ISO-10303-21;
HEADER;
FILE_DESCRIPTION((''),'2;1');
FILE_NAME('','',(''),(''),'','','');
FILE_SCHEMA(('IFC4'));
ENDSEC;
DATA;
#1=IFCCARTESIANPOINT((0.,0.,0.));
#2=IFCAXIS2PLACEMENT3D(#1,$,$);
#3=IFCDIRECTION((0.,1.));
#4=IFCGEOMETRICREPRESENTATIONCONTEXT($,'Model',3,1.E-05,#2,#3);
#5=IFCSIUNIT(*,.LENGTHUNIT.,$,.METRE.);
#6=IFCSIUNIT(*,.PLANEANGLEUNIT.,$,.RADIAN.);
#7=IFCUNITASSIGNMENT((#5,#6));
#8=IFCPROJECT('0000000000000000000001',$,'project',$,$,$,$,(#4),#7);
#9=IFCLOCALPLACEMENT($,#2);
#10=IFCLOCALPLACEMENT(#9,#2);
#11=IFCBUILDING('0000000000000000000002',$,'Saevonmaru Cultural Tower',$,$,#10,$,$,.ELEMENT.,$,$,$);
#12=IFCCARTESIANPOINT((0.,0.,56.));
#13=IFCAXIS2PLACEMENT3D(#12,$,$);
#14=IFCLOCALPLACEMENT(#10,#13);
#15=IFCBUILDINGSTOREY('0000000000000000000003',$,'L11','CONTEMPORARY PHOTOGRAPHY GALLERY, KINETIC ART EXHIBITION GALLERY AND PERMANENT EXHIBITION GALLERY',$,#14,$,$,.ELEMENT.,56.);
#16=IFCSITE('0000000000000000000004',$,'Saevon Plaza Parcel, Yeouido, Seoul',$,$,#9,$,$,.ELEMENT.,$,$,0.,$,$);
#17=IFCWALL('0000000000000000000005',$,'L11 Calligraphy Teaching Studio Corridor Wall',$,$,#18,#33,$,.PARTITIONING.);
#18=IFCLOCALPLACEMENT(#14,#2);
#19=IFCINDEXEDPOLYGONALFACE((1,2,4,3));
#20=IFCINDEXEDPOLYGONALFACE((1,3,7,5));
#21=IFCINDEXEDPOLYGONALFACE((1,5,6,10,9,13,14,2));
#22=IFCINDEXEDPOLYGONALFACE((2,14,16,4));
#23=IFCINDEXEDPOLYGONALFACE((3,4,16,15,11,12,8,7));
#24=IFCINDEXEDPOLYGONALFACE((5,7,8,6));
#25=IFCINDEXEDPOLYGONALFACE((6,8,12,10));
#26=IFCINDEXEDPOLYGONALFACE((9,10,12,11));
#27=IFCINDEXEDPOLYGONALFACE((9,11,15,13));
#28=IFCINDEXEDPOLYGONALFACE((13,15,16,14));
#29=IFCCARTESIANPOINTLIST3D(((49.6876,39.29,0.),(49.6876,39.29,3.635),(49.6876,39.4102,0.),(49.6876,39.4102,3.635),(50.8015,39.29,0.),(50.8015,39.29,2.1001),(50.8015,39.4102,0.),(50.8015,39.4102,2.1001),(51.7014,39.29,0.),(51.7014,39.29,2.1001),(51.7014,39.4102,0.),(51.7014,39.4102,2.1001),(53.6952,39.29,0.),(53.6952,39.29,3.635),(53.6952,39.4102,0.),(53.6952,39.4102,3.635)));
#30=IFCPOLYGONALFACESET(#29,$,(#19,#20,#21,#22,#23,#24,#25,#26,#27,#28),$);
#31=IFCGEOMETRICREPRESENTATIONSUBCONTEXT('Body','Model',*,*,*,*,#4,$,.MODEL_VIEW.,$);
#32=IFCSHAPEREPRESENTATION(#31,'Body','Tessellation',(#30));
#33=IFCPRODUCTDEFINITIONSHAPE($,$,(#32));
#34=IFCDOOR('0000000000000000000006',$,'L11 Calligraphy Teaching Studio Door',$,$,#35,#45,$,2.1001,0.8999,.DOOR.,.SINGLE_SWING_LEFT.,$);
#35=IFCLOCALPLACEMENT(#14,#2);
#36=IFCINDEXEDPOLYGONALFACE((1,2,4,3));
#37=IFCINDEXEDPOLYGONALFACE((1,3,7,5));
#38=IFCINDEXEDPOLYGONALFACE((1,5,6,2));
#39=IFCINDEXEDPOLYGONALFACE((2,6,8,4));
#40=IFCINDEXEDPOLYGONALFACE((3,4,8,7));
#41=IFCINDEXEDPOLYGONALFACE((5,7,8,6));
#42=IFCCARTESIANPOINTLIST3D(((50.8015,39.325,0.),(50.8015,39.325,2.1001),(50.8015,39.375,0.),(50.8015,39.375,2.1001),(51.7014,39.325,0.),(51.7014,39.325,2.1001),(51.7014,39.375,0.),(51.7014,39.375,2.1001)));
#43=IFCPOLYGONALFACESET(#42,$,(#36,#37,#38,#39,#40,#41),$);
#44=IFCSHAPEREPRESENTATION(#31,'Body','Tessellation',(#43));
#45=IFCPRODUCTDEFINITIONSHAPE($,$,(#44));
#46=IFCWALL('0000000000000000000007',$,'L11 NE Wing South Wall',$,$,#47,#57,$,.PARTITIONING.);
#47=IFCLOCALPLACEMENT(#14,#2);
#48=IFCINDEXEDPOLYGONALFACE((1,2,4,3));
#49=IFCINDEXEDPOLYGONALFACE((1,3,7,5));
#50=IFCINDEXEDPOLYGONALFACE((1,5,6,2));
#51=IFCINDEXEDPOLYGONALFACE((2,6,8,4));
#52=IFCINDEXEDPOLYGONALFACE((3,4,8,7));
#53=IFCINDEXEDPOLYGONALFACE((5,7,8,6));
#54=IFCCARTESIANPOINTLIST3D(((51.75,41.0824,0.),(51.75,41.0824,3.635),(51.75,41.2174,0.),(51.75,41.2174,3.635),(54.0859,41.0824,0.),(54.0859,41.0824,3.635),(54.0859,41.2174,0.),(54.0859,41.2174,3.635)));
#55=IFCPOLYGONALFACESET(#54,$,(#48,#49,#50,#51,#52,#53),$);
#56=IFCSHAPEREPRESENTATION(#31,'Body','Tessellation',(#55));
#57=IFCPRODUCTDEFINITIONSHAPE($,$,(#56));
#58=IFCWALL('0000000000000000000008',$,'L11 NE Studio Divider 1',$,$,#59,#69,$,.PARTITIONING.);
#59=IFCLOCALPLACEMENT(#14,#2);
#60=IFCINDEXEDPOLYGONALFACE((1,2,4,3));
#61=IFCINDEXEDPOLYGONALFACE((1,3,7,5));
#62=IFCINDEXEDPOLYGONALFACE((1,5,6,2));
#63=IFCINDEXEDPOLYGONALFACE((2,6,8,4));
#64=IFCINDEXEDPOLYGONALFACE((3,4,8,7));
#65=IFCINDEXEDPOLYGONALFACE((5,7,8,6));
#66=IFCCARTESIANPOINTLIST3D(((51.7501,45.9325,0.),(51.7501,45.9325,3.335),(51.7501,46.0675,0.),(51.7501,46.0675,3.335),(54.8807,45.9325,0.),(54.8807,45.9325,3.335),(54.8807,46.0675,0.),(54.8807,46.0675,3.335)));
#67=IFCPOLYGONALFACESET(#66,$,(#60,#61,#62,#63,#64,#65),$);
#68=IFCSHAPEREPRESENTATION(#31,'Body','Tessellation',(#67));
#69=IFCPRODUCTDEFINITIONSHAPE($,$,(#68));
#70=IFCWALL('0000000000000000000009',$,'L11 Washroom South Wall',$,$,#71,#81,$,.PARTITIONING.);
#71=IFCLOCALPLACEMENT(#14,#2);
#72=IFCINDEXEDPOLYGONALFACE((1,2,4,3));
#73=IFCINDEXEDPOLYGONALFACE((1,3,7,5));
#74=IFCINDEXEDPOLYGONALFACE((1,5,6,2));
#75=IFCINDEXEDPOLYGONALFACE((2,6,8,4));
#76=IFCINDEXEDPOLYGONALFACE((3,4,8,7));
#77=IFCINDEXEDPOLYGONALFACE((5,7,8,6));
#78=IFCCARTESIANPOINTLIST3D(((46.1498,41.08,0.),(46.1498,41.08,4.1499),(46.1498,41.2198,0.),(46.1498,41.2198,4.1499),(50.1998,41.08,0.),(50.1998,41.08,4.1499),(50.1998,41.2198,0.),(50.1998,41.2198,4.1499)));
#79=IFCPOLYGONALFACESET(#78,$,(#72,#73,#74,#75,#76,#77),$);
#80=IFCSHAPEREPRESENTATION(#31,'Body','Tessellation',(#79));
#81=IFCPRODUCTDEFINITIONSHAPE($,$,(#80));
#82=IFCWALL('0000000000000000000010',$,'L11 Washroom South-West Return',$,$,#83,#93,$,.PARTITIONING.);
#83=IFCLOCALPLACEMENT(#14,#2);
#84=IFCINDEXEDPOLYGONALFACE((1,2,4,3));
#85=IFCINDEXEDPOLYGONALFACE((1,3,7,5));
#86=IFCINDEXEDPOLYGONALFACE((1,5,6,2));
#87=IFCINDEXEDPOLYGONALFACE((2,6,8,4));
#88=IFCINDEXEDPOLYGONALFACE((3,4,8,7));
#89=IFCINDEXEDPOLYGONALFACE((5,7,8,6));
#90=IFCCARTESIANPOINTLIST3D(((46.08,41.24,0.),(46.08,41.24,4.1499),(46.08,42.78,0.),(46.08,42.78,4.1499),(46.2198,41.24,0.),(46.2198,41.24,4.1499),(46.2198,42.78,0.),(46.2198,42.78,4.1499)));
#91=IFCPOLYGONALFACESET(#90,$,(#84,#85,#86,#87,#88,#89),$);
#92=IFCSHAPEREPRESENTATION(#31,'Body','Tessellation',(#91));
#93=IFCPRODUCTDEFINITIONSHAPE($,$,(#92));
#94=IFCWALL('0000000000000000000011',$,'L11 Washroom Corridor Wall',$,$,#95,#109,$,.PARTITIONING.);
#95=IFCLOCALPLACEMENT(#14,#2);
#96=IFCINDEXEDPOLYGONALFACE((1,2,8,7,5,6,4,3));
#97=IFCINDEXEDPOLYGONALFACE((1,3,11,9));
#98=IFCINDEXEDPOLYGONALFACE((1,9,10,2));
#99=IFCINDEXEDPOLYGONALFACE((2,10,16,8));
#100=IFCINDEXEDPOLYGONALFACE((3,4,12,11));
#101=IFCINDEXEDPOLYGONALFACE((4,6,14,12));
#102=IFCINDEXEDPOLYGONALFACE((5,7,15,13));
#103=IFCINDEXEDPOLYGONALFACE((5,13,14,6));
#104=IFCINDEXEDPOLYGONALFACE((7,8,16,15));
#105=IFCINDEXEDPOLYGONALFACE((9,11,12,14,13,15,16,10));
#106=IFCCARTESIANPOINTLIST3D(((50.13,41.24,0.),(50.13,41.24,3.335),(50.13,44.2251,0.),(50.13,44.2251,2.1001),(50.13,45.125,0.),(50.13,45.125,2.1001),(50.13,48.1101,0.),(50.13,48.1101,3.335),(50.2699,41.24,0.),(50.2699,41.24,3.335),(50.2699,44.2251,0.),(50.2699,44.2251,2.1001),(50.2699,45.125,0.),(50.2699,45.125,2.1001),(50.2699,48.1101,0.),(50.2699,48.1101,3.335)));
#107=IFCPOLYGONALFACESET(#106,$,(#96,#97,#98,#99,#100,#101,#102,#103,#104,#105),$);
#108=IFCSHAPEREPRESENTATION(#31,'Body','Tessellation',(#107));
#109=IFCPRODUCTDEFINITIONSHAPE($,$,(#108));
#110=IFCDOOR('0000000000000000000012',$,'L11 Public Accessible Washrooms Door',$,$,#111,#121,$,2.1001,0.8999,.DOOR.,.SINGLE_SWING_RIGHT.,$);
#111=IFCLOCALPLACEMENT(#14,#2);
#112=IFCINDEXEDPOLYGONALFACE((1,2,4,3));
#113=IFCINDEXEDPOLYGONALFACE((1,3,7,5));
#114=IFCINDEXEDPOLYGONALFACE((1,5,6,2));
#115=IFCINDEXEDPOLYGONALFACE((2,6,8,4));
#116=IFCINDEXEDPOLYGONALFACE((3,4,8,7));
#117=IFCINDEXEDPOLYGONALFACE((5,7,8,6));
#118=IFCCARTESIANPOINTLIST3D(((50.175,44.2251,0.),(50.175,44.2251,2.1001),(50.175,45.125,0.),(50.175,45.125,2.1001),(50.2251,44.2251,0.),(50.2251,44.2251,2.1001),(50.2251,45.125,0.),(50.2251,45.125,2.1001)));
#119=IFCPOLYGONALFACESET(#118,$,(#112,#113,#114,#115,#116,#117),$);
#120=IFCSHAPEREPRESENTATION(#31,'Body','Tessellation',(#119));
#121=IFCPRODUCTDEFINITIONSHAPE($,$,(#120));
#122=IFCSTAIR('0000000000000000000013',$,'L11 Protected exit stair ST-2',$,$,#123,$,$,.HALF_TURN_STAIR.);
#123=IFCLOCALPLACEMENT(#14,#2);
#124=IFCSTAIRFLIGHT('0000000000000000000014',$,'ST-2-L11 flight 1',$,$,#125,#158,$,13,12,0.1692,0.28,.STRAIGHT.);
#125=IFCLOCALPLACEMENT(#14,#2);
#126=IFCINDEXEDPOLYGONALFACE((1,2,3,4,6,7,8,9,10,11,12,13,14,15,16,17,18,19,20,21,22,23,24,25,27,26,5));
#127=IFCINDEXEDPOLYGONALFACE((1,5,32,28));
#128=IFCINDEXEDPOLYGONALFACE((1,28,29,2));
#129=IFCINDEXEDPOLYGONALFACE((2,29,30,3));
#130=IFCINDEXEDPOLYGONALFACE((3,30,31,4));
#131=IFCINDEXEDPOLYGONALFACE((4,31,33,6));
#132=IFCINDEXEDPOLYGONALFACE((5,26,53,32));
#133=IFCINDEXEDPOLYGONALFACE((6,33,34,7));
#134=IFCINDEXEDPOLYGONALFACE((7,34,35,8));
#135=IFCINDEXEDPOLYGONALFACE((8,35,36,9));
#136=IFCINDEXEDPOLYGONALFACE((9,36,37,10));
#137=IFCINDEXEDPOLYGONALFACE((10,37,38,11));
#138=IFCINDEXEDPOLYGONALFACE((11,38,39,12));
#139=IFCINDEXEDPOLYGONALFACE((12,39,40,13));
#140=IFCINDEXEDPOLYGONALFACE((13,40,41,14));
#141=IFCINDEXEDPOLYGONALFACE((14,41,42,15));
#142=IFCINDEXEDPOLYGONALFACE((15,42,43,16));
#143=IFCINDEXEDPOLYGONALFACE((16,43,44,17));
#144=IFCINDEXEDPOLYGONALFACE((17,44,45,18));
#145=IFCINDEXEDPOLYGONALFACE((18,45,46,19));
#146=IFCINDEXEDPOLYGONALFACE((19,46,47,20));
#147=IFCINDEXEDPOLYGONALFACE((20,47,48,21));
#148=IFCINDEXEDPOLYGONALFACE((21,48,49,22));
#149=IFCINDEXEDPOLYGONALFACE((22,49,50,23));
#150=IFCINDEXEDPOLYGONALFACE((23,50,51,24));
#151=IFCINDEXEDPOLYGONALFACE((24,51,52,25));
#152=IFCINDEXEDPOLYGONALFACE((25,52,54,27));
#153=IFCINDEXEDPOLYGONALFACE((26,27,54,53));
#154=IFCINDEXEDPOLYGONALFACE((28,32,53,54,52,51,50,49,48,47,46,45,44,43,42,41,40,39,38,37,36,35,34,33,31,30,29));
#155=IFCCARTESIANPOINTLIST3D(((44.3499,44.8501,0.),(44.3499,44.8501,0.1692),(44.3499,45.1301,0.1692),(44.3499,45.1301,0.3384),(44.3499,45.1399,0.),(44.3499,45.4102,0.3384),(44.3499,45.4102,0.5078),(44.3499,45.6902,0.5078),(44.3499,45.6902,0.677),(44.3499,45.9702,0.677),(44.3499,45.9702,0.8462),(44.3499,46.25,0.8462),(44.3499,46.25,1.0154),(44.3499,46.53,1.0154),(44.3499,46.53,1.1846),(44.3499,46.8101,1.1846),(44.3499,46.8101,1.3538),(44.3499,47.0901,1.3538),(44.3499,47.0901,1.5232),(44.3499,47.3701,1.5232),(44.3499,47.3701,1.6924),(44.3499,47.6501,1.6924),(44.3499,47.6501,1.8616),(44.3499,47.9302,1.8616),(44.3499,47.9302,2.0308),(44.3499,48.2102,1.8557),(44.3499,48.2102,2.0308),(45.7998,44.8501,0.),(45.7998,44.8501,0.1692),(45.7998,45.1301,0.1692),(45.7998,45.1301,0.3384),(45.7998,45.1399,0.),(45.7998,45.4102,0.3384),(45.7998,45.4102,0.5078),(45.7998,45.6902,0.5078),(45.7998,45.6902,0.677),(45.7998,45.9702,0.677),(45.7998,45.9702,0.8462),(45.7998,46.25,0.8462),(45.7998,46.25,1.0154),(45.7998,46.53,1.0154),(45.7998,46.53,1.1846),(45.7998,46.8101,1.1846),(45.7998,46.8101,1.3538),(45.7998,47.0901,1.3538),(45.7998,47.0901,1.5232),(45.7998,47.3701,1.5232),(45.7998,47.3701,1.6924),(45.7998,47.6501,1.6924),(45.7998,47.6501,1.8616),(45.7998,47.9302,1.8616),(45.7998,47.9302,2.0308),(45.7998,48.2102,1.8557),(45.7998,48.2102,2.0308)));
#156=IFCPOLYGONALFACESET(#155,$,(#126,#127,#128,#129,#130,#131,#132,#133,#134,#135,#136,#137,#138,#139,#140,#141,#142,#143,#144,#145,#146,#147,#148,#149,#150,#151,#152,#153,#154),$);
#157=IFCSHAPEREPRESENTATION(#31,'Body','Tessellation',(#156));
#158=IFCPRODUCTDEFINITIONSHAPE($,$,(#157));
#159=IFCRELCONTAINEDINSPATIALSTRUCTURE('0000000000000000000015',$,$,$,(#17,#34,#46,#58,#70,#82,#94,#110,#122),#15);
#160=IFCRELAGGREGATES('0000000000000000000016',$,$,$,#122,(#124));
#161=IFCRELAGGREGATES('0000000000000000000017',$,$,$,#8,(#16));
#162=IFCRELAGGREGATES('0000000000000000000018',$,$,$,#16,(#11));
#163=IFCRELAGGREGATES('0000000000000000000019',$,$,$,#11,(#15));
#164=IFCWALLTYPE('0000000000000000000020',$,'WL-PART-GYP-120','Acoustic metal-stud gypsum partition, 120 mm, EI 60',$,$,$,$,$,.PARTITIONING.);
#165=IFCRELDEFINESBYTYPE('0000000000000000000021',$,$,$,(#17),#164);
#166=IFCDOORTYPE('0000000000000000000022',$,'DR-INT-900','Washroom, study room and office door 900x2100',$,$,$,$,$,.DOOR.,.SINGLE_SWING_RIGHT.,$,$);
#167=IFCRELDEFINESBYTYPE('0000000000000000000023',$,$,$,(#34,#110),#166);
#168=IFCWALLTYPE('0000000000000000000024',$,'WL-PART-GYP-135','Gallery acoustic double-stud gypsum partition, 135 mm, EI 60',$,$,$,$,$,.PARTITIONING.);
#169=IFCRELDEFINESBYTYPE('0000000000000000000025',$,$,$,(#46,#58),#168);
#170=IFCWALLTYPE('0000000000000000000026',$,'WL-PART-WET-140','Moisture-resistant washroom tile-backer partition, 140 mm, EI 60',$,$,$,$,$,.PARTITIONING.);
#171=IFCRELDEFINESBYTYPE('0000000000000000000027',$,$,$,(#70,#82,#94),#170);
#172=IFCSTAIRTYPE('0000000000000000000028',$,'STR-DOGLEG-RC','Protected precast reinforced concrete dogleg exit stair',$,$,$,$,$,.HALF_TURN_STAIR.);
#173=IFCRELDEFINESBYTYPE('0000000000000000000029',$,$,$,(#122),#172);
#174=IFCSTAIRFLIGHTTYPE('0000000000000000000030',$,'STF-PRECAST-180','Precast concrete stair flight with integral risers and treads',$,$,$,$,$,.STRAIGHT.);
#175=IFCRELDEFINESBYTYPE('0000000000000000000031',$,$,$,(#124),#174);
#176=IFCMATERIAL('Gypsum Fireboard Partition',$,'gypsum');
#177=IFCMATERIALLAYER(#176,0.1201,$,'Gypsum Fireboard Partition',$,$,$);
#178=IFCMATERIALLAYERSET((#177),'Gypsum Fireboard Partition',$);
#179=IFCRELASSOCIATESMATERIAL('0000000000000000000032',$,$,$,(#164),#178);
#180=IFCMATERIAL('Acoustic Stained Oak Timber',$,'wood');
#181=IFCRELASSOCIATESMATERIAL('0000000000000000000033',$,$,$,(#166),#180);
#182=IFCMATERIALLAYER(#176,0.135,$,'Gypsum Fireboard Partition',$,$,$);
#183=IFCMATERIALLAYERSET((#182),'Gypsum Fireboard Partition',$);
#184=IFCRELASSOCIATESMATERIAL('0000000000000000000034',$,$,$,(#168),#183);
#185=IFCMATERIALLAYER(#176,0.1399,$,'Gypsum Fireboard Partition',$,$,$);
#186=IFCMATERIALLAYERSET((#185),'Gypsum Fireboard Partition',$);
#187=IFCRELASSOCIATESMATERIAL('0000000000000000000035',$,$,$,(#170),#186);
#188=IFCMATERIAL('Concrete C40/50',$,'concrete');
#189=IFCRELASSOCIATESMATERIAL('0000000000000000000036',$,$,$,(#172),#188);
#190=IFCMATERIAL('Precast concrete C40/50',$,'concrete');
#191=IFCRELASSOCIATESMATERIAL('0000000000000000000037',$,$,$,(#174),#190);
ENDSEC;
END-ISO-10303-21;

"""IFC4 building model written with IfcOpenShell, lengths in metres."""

from ifc_helpers import new_model, si_unit, direction, frame, frame_2d, origin, place, context, subcontext, project, spatial, polyline, rectangle, outline, extrude, material, layer, layer_set, type_object, element, fill, aggregate, save


model = new_model("IFC4")

# Units and contexts
model_context = context("Model", 3, precision=1e-05, world=origin(), true_north=direction((0.0, 1.0)))
body_context = subcontext(model_context, "Body", "Model", "MODEL_VIEW")
ifc_project = project(units=[si_unit("LENGTHUNIT", "METRE"), si_unit("PLANEANGLEUNIT", "RADIAN")], contexts=[model_context])

# Site, building, storey
site_placement = place(None, origin())
site = spatial("IfcSite", under=ifc_project, at=site_placement, Name="Saevon Plaza Parcel, Yeouido, Seoul", CompositionType="ELEMENT", RefElevation=0.0)
building_placement = place(site_placement, origin())
building = spatial("IfcBuilding", under=site, at=building_placement, Name="Saevonmaru Cultural Tower", CompositionType="ELEMENT")
storey_placement = place(building_placement, frame((0.0, 0.0, 56.0)))
storey = spatial("IfcBuildingStorey", under=building, at=storey_placement, Name="L11", Description="CONTEMPORARY PHOTOGRAPHY GALLERY, KINETIC ART EXHIBITION GALLERY AND PERMANENT EXHIBITION GALLERY", CompositionType="ELEMENT", Elevation=56.0)

# Wall, opening, door
ifc_material_1 = material(Name="Gypsum Fireboard Partition", Category="gypsum")
ifc_material_2 = material(Name="Acoustic Stained Oak Timber", Category="wood")
ifc_layer_1 = layer(ifc_material_1, 0.1201, Name="Gypsum Fireboard Partition")
ifc_layer_set_1 = layer_set([ifc_layer_1], Name="Gypsum Fireboard Partition")
wall_type_1 = type_object("IfcWallType", Name="WL-PART-GYP-120", Description="Acoustic metal-stud gypsum partition, 120 mm, EI 60", PredefinedType="PARTITIONING", material=ifc_layer_set_1)
door_type_1 = type_object("IfcDoorType", Name="DR-INT-900", Description="Washroom, study room and office door 900x2100", OperationType="SINGLE_SWING_RIGHT", PredefinedType="DOOR", material=ifc_material_2)
wall_1_placement = place(storey_placement, frame((49.6875, 39.3501, 0.0), z_axis=(0.0, 0.0, 1.0), x_axis=(1.0, 0.0, 0.0)))
wall_1 = element("IfcWall", 1, at=wall_1_placement, inside=storey, type_object=wall_type_1, Name="L11 Calligraphy Teaching Studio Corridor Wall", PredefinedType="PARTITIONING", context=body_context, shape_type="SweptSolid", body=[
    extrude(rectangle(XDim=4.0076, YDim=0.1201, at=frame_2d((2.0039, 0.0))), origin(), (0.0, 0.0, 1.0), 3.635),
])
opening_1_placement = place(wall_1_placement, frame((1.114, 0.0, 0.0)))
opening_1 = element("IfcOpeningElement", 2, at=opening_1_placement, cuts=wall_1, PredefinedType="OPENING", context=body_context, shape_type="SweptSolid", body=[
    extrude(rectangle(XDim=0.8999, YDim=2.1001, at=frame_2d((0.45, 1.05))), frame((0.0, 0.0701, 0.0), z_axis=(0.0, -1.0, 0.0), x_axis=(1.0, 0.0, 0.0)), (0.0, 0.0, 1.0), 0.1401),
])
door_1_placement = place(opening_1_placement, origin())
door_1 = element("IfcDoor", 3, at=door_1_placement, inside=storey, type_object=door_type_1, Name="L11 Calligraphy Teaching Studio Door", OperationType="SINGLE_SWING_LEFT", OverallHeight=2.1001, OverallWidth=0.8999, PredefinedType="DOOR", context=body_context, shape_type="SweptSolid", body=[
    extrude(rectangle(XDim=0.8999, YDim=2.1001, at=frame_2d((0.45, 1.05))), frame((0.0, 0.0249, 0.0), z_axis=(0.0, -1.0, 0.0), x_axis=(1.0, 0.0, 0.0)), (0.0, 0.0, 1.0), 0.05),
])
fill(opening_1, door_1)

# Walls
ifc_layer_2 = layer(ifc_material_1, 0.135, Name="Gypsum Fireboard Partition")
ifc_layer_set_2 = layer_set([ifc_layer_2], Name="Gypsum Fireboard Partition")
wall_type_2 = type_object("IfcWallType", Name="WL-PART-GYP-135", Description="Gallery acoustic double-stud gypsum partition, 135 mm, EI 60", PredefinedType="PARTITIONING", material=ifc_layer_set_2)
wall_2_placement = place(storey_placement, frame((51.75, 41.1499, 0.0), z_axis=(0.0, 0.0, 1.0), x_axis=(1.0, 0.0, 0.0)))
element("IfcWall", 4, at=wall_2_placement, inside=storey, type_object=wall_type_2, Name="L11 NE Wing South Wall", PredefinedType="PARTITIONING", context=body_context, shape_type="SweptSolid", body=[
    extrude(rectangle(XDim=2.3359, YDim=0.135, at=frame_2d((1.168, 0.0))), origin(), (0.0, 0.0, 1.0), 3.635),
])
wall_3_placement = place(storey_placement, frame((51.75, 46.0, 0.0), z_axis=(0.0, 0.0, 1.0), x_axis=(1.0, 0.0, 0.0)))
element("IfcWall", 5, at=wall_3_placement, inside=storey, type_object=wall_type_2, Name="L11 NE Studio Divider 1", PredefinedType="PARTITIONING", context=body_context, shape_type="SweptSolid", body=[
    extrude(rectangle(XDim=3.1306, YDim=0.135, at=frame_2d((1.5654, 0.0))), origin(), (0.0, 0.0, 1.0), 3.335),
])
ifc_layer_3 = layer(ifc_material_1, 0.1399, Name="Gypsum Fireboard Partition")
ifc_layer_set_3 = layer_set([ifc_layer_3], Name="Gypsum Fireboard Partition")
wall_type_3 = type_object("IfcWallType", Name="WL-PART-WET-140", Description="Moisture-resistant washroom tile-backer partition, 140 mm, EI 60", PredefinedType="PARTITIONING", material=ifc_layer_set_3)
wall_4_placement = place(storey_placement, frame((46.1499, 41.1499, 0.0), z_axis=(0.0, 0.0, 1.0), x_axis=(1.0, 0.0, 0.0)))
element("IfcWall", 6, at=wall_4_placement, inside=storey, type_object=wall_type_3, Name="L11 Washroom South Wall", PredefinedType="PARTITIONING", context=body_context, shape_type="SweptSolid", body=[
    extrude(rectangle(XDim=4.05, YDim=0.1399, at=frame_2d((2.0249, 0.0))), origin(), (0.0, 0.0, 1.0), 4.1499),
])
wall_5_placement = place(storey_placement, frame((46.1499, 41.24, 0.0), z_axis=(0.0, 0.0, 1.0), x_axis=(0.0, 1.0, 0.0)))
element("IfcWall", 7, at=wall_5_placement, inside=storey, type_object=wall_type_3, Name="L11 Washroom South-West Return", PredefinedType="PARTITIONING", context=body_context, shape_type="SweptSolid", body=[
    extrude(rectangle(XDim=1.54, YDim=0.1399, at=frame_2d((0.77, 0.0))), origin(), (0.0, 0.0, 1.0), 4.1499),
])

# Wall, opening, door
wall_6_placement = place(storey_placement, frame((50.2, 41.24, 0.0), z_axis=(0.0, 0.0, 1.0), x_axis=(0.0, 1.0, 0.0)))
wall_6 = element("IfcWall", 8, at=wall_6_placement, inside=storey, type_object=wall_type_3, Name="L11 Washroom Corridor Wall", PredefinedType="PARTITIONING", context=body_context, shape_type="SweptSolid", body=[
    extrude(rectangle(XDim=6.8701, YDim=0.1399, at=frame_2d((3.4351, 0.0))), origin(), (0.0, 0.0, 1.0), 3.335),
])
opening_2_placement = place(wall_6_placement, frame((2.9851, 0.0, 0.0)))
opening_2 = element("IfcOpeningElement", 9, at=opening_2_placement, cuts=wall_6, PredefinedType="OPENING", context=body_context, shape_type="SweptSolid", body=[
    extrude(rectangle(XDim=0.8999, YDim=2.1001, at=frame_2d((0.45, 1.05))), frame((0.0, 0.0801, 0.0), z_axis=(0.0, -1.0, 0.0), x_axis=(1.0, 0.0, 0.0)), (0.0, 0.0, 1.0), 0.1599),
])
door_2_placement = place(opening_2_placement, origin())
door_2 = element("IfcDoor", 10, at=door_2_placement, inside=storey, type_object=door_type_1, Name="L11 Public Accessible Washrooms Door", OperationType="SINGLE_SWING_RIGHT", OverallHeight=2.1001, OverallWidth=0.8999, PredefinedType="DOOR", context=body_context, shape_type="SweptSolid", body=[
    extrude(rectangle(XDim=0.8999, YDim=2.1001, at=frame_2d((0.45, 1.05))), frame((0.0, 0.0249, 0.0), z_axis=(0.0, -1.0, 0.0), x_axis=(1.0, 0.0, 0.0)), (0.0, 0.0, 1.0), 0.05),
])
fill(opening_2, door_2)

# Stair, stair flight
ifc_material_3 = material(Name="Concrete C40/50", Category="concrete")
stair_type = type_object("IfcStairType", Name="STR-DOGLEG-RC", Description="Protected precast reinforced concrete dogleg exit stair", PredefinedType="HALF_TURN_STAIR", material=ifc_material_3)
stair_placement = place(storey_placement, origin())
stair = element("IfcStair", 11, at=stair_placement, inside=storey, type_object=stair_type, Name="L11 Protected exit stair ST-2", PredefinedType="HALF_TURN_STAIR")
ifc_material_4 = material(Name="Precast concrete C40/50", Category="concrete")
stair_flight_type = type_object("IfcStairFlightType", Name="STF-PRECAST-180", Description="Precast concrete stair flight with integral risers and treads", PredefinedType="STRAIGHT", material=ifc_material_4)
stair_flight_placement = place(storey_placement, frame((45.075, 44.8501, 0.0), z_axis=(0.0, 0.0, 1.0), x_axis=(0.0, 1.0, 0.0)))
stair_flight = element("IfcStairFlight", 12, at=stair_flight_placement, type_object=stair_flight_type, Name="ST-2-L11 flight 1", NumberOfRisers=13, NumberOfTreads=12, PredefinedType="STRAIGHT", RiserHeight=0.1692, TreadLength=0.28, context=body_context, shape_type="SweptSolid", body=[
    extrude(outline(polyline([(0.0, 0.0), (0.0, 0.1692), (0.28, 0.1692), (0.28, 0.3384), (0.5601, 0.3384), (0.5601, 0.5078), (0.8401, 0.5078), (0.8401, 0.677), (1.1201, 0.677), (1.1201, 0.8462), (1.3999, 0.8462), (1.3999, 1.0154), (1.6799, 1.0154), (1.6799, 1.1846), (1.96, 1.1846), (1.96, 1.3538), (2.24, 1.3538), (2.24, 1.5232), (2.52, 1.5232), (2.52, 1.6924), (2.8, 1.6924), (2.8, 1.8616), (3.0801, 1.8616), (3.0801, 2.0308), (3.3601, 2.0308), (3.3601, 2.2), (3.3601, 1.8557), (0.2898, 0.0), (0.0, 0.0)])), frame((0.0, 0.7251, 0.0), z_axis=(0.0, -1.0, 0.0), x_axis=(1.0, 0.0, 0.0)), (0.0, 0.0, 1.0), 1.45),
])
aggregate(stair, [stair_flight])

save(model, "model.ifc")
